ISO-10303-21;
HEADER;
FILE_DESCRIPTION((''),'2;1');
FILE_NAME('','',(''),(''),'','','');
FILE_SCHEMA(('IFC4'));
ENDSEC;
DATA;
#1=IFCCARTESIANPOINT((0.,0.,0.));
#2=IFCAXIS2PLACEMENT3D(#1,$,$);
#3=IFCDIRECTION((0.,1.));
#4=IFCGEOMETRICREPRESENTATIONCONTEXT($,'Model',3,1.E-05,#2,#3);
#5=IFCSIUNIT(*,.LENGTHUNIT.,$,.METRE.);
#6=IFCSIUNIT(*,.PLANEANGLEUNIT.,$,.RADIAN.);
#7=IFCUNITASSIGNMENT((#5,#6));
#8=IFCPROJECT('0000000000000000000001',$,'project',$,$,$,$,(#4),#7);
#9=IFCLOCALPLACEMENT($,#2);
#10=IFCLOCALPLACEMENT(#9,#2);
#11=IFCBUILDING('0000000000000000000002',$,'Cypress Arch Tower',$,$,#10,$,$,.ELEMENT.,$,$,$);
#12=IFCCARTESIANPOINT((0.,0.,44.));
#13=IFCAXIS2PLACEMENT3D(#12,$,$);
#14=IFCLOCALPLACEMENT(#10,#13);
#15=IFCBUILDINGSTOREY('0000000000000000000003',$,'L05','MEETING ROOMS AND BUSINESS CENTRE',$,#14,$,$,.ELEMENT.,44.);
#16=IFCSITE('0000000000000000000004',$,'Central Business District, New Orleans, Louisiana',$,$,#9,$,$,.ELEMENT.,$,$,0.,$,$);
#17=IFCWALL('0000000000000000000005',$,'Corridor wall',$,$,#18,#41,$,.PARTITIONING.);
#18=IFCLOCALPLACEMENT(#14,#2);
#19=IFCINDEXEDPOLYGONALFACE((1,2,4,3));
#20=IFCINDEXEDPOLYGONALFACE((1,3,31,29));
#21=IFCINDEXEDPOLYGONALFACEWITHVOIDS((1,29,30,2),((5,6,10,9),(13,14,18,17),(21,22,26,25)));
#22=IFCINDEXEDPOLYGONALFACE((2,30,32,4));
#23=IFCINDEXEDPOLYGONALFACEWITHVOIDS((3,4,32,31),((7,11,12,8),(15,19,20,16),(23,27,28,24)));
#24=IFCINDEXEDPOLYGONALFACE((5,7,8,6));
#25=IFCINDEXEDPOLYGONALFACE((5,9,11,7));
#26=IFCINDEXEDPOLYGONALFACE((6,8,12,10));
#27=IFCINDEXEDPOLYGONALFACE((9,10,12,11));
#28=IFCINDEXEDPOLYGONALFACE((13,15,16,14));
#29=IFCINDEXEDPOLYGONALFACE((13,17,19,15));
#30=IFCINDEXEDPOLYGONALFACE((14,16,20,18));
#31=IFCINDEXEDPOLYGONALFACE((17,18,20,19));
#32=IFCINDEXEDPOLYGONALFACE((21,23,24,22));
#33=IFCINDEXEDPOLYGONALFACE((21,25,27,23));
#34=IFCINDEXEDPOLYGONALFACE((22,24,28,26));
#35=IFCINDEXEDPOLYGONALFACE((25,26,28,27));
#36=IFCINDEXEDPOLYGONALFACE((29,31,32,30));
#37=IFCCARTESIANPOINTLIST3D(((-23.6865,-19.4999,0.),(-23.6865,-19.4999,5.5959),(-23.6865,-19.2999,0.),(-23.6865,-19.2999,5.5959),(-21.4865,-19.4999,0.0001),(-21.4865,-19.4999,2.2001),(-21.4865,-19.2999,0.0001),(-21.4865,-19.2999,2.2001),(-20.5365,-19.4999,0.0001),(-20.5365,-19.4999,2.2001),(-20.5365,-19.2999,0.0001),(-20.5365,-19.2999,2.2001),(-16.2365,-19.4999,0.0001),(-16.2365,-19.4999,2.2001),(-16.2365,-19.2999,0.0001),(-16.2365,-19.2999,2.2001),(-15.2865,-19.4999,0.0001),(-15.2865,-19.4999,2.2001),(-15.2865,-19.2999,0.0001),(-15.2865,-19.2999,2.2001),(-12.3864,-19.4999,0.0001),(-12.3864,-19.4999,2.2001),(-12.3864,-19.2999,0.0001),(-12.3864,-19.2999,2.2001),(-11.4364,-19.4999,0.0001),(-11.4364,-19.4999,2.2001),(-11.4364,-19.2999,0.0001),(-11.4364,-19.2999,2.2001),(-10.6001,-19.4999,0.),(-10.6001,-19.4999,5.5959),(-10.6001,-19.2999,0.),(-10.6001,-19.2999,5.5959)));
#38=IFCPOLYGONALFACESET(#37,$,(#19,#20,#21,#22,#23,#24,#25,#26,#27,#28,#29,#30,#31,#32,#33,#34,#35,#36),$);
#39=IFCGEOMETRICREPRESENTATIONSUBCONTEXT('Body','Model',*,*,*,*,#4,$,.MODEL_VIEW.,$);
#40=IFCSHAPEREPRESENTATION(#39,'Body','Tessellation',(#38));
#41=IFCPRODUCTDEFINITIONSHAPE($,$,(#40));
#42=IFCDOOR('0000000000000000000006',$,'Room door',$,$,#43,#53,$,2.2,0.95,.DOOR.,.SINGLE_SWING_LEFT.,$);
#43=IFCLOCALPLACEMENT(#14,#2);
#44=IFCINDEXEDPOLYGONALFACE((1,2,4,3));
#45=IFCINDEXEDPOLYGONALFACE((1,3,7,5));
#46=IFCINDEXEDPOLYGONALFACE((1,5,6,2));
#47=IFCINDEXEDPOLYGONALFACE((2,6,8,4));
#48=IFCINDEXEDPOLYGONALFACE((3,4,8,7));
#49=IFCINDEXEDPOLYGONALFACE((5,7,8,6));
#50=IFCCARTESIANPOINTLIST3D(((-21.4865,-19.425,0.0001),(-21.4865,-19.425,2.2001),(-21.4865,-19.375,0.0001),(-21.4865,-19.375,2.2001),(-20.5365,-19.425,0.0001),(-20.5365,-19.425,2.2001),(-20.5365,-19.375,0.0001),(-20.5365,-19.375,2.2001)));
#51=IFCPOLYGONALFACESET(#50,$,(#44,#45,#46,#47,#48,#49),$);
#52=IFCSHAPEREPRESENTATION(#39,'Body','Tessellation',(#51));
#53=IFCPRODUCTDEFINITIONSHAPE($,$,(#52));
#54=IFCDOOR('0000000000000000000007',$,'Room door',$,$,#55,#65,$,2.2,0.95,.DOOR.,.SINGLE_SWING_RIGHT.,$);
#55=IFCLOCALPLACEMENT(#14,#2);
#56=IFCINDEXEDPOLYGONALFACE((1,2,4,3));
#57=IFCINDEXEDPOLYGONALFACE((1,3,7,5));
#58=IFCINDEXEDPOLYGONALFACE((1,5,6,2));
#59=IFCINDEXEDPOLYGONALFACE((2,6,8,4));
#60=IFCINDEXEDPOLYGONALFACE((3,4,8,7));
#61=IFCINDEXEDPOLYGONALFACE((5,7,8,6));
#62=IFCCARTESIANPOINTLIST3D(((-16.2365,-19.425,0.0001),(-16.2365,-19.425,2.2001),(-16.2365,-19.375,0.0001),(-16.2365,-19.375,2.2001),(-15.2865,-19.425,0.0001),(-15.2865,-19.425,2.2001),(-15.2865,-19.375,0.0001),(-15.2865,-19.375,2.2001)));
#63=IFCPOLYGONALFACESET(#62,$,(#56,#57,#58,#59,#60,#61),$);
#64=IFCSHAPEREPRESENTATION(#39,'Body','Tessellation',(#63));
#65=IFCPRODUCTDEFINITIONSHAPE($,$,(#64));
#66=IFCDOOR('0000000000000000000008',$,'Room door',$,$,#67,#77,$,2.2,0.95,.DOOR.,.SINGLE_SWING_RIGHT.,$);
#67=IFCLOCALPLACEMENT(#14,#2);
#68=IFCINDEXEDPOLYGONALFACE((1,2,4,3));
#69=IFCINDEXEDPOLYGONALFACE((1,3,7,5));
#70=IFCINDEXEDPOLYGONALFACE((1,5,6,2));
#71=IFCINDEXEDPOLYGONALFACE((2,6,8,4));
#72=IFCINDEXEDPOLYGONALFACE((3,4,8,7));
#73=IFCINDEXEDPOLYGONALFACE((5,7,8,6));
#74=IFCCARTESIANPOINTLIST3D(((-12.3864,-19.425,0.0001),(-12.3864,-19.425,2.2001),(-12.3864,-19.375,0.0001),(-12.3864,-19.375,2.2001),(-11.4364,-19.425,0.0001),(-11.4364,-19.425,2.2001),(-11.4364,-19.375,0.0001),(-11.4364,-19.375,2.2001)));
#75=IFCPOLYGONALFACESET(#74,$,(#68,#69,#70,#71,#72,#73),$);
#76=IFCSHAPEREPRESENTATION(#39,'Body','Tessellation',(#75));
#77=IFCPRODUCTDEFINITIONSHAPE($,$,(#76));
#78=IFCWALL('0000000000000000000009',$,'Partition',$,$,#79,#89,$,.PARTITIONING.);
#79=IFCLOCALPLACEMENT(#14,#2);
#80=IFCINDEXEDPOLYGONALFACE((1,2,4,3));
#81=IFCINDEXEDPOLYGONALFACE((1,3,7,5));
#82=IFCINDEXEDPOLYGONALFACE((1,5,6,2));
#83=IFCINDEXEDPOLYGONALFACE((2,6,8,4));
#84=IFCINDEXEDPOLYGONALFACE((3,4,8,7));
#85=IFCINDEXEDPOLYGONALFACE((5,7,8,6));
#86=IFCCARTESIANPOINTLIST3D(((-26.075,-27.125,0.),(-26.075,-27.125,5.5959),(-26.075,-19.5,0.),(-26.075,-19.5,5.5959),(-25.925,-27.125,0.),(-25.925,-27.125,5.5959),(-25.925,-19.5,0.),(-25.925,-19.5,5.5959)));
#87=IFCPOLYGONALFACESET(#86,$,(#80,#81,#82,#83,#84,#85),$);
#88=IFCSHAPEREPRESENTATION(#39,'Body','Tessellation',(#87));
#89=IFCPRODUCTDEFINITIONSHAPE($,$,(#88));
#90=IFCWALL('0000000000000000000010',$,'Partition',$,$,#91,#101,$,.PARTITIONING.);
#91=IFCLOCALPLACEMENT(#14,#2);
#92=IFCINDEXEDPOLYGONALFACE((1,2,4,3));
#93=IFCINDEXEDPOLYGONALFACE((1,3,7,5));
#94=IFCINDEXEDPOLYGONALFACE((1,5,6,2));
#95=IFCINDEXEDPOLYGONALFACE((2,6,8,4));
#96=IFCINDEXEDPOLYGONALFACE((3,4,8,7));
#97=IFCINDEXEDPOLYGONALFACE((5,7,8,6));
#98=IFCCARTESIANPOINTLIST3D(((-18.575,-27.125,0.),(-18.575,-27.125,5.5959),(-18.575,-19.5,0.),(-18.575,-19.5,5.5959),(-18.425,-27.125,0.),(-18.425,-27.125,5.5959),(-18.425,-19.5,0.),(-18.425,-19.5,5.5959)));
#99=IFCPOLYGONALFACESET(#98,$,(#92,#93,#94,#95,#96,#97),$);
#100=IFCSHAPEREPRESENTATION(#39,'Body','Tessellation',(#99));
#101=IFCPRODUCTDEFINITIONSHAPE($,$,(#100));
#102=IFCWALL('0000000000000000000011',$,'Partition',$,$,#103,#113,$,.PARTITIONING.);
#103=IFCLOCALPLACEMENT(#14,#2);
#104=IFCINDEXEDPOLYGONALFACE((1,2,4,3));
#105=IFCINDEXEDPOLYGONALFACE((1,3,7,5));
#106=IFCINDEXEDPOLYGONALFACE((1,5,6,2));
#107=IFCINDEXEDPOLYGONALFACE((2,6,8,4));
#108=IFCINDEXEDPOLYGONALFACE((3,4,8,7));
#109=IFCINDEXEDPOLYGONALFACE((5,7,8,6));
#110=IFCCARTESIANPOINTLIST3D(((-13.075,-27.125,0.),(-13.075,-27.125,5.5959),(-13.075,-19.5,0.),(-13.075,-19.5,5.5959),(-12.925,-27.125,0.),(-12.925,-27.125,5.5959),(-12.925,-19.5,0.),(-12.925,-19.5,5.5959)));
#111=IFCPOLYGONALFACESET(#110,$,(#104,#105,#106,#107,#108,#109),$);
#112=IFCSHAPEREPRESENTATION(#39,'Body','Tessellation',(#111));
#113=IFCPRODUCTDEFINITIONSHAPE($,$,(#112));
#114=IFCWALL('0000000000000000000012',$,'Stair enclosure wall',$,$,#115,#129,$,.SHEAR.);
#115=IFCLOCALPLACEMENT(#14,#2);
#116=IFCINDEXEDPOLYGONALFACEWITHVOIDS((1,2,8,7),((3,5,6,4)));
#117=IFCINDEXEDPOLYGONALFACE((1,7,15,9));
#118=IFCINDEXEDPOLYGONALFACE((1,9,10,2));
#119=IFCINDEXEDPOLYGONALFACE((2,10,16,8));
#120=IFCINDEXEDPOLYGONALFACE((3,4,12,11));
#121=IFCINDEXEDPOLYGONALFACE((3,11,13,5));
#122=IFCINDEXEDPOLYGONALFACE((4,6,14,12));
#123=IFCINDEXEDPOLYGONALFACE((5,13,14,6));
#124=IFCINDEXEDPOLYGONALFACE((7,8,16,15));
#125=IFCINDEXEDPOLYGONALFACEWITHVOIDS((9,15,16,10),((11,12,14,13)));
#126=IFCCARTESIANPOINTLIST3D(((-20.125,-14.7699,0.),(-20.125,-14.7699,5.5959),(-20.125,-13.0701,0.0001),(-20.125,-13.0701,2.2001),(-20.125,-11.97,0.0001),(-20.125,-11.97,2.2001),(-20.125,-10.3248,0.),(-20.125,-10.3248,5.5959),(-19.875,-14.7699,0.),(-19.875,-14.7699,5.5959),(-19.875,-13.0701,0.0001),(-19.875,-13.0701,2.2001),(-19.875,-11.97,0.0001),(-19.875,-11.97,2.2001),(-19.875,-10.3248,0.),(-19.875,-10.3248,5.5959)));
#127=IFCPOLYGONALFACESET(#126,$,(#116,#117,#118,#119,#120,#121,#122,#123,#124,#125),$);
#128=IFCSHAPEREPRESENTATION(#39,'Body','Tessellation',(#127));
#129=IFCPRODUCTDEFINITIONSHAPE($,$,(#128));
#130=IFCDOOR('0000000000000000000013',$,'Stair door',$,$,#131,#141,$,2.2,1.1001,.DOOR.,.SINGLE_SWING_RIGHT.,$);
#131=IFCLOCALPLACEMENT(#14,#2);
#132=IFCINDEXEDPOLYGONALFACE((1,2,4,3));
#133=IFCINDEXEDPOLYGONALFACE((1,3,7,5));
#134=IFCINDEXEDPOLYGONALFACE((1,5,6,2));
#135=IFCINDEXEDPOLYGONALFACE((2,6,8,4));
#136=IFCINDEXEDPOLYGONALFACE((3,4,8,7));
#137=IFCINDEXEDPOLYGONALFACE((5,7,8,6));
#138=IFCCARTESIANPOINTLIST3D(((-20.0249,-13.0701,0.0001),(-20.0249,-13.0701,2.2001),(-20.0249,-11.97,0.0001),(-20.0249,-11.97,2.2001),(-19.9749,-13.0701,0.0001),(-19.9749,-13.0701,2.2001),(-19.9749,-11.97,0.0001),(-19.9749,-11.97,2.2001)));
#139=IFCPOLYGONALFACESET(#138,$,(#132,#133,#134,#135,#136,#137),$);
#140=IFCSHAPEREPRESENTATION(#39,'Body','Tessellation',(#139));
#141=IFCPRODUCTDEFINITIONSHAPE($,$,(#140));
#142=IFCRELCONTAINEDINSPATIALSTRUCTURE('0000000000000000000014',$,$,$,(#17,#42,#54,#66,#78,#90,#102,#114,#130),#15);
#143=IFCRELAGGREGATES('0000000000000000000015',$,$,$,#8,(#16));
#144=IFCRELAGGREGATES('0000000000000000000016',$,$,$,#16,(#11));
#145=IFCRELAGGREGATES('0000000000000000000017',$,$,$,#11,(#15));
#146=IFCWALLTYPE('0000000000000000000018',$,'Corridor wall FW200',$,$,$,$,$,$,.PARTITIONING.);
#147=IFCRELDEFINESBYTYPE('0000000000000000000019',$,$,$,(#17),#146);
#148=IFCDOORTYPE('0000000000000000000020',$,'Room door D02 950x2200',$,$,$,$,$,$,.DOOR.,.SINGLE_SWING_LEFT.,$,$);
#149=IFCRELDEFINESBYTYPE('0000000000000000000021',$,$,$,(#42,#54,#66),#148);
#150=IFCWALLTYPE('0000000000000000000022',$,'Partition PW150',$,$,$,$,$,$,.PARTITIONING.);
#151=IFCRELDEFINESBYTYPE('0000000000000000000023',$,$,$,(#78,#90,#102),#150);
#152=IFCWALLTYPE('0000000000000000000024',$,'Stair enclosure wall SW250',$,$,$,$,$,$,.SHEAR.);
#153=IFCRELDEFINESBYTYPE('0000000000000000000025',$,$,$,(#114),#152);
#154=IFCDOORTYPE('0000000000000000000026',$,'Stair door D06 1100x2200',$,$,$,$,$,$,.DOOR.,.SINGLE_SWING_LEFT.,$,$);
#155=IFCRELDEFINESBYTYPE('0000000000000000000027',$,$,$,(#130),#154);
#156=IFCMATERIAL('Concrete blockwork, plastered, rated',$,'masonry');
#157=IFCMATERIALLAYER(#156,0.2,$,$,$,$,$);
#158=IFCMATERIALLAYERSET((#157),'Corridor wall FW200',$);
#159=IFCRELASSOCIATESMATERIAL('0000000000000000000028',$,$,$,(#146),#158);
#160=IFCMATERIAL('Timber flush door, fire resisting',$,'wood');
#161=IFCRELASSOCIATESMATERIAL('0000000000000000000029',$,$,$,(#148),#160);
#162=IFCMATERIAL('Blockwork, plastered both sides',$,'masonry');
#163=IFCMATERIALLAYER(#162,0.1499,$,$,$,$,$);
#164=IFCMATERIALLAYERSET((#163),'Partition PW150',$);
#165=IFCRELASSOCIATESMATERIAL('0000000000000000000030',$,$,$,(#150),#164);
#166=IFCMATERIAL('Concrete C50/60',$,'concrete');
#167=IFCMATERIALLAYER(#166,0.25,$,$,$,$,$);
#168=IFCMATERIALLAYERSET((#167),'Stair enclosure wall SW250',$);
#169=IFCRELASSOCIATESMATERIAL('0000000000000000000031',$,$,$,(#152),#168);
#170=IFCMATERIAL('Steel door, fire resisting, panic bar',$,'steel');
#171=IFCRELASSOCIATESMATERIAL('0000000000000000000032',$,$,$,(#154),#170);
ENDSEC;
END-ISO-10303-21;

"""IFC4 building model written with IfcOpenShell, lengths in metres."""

from ifc_helpers import new_model, si_unit, direction, frame, frame_2d, origin, place, context, subcontext, project, spatial, rectangle, extrude, material, layer, layer_set, type_object, element, fill, save


model = new_model("IFC4")

# Units and contexts
model_context = context("Model", 3, precision=1e-05, world=origin(), true_north=direction((0.0, 1.0)))
body_context = subcontext(model_context, "Body", "Model", "MODEL_VIEW")
ifc_project = project(units=[si_unit("LENGTHUNIT", "METRE"), si_unit("PLANEANGLEUNIT", "RADIAN")], contexts=[model_context])

# Site, building, storey
site_placement = place(None, origin())
site = spatial("IfcSite", under=ifc_project, at=site_placement, Name="Central Business District, New Orleans, Louisiana", CompositionType="ELEMENT", RefElevation=0.0)
building_placement = place(site_placement, origin())
building = spatial("IfcBuilding", under=site, at=building_placement, Name="Cypress Arch Tower", CompositionType="ELEMENT")
storey_placement = place(building_placement, frame((0.0, 0.0, 44.0)))
storey = spatial("IfcBuildingStorey", under=building, at=storey_placement, Name="L05", Description="MEETING ROOMS AND BUSINESS CENTRE", CompositionType="ELEMENT", Elevation=44.0)

# Shared definitions
ifc_material_1 = material(Name="Concrete blockwork, plastered, rated", Category="masonry")
ifc_layer_1 = layer(ifc_material_1, 0.2)
ifc_layer_set_1 = layer_set([ifc_layer_1], Name="Corridor wall FW200")
wall_type_1 = type_object("IfcWallType", Name="Corridor wall FW200", PredefinedType="PARTITIONING", material=ifc_layer_set_1)

# Wall, openings, doors
wall_1_placement = place(storey_placement, frame((-23.6865, -19.3999, 0.0), z_axis=(0.0, 0.0, 1.0), x_axis=(1.0, 0.0, 0.0)))
wall_1 = element("IfcWall", 1, at=wall_1_placement, inside=storey, type_object=wall_type_1, Name="Corridor wall", PredefinedType="PARTITIONING", context=body_context, shape_type="SweptSolid", body=[
    extrude(rectangle(XDim=13.0864, YDim=0.2, at=frame_2d((6.5432, 0.0))), origin(), (0.0, 0.0, 1.0), 5.5959),
])
opening_1_placement = place(wall_1_placement, frame((2.2, 0.0, 0.0)))
opening_1 = element("IfcOpeningElement", 2, at=opening_1_placement, cuts=wall_1, PredefinedType="OPENING", context=body_context, shape_type="SweptSolid", body=[
    extrude(rectangle(XDim=0.95, YDim=2.2, at=frame_2d((0.4751, 1.1001))), frame((0.0, 0.1099, 0.0), z_axis=(0.0, -1.0, 0.0), x_axis=(1.0, 0.0, 0.0)), (0.0, 0.0, 1.0), 0.22),
])
opening_2_placement = place(wall_1_placement, frame((7.45, 0.0, 0.0)))
opening_2 = element("IfcOpeningElement", 3, at=opening_2_placement, cuts=wall_1, PredefinedType="OPENING", context=body_context, shape_type="SweptSolid", body=[
    extrude(rectangle(XDim=0.95, YDim=2.2, at=frame_2d((0.4751, 1.1001))), frame((0.0, 0.1099, 0.0), z_axis=(0.0, -1.0, 0.0), x_axis=(1.0, 0.0, 0.0)), (0.0, 0.0, 1.0), 0.22),
])
opening_3_placement = place(wall_1_placement, frame((11.3, 0.0, 0.0)))
opening_3 = element("IfcOpeningElement", 4, at=opening_3_placement, cuts=wall_1, PredefinedType="OPENING", context=body_context, shape_type="SweptSolid", body=[
    extrude(rectangle(XDim=0.95, YDim=2.2, at=frame_2d((0.4751, 1.1001))), frame((0.0, 0.1099, 0.0), z_axis=(0.0, -1.0, 0.0), x_axis=(1.0, 0.0, 0.0)), (0.0, 0.0, 1.0), 0.22),
])
ifc_material_2 = material(Name="Timber flush door, fire resisting", Category="wood")
door_type_1 = type_object("IfcDoorType", Name="Room door D02 950x2200", OperationType="SINGLE_SWING_LEFT", PredefinedType="DOOR", material=ifc_material_2)
door_1_placement = place(opening_1_placement, origin())
door_1 = element("IfcDoor", 5, at=door_1_placement, inside=storey, type_object=door_type_1, Name="Room door", OperationType="SINGLE_SWING_LEFT", OverallHeight=2.2, OverallWidth=0.95, PredefinedType="DOOR", context=body_context, shape_type="SweptSolid", body=[
    extrude(rectangle(XDim=0.95, YDim=2.2, at=frame_2d((0.4751, 1.1001))), frame((0.0, 0.0249, 0.0), z_axis=(0.0, -1.0, 0.0), x_axis=(1.0, 0.0, 0.0)), (0.0, 0.0, 1.0), 0.05),
])
fill(opening_1, door_1)
door_2_placement = place(opening_2_placement, origin())
door_2 = element("IfcDoor", 6, at=door_2_placement, inside=storey, type_object=door_type_1, Name="Room door", OperationType="SINGLE_SWING_RIGHT", OverallHeight=2.2, OverallWidth=0.95, PredefinedType="DOOR", context=body_context, shape_type="SweptSolid", body=[
    extrude(rectangle(XDim=0.95, YDim=2.2, at=frame_2d((0.4751, 1.1001))), frame((0.0, 0.0249, 0.0), z_axis=(0.0, -1.0, 0.0), x_axis=(1.0, 0.0, 0.0)), (0.0, 0.0, 1.0), 0.05),
])
fill(opening_2, door_2)
door_3_placement = place(opening_3_placement, origin())
door_3 = element("IfcDoor", 7, at=door_3_placement, inside=storey, type_object=door_type_1, Name="Room door", OperationType="SINGLE_SWING_RIGHT", OverallHeight=2.2, OverallWidth=0.95, PredefinedType="DOOR", context=body_context, shape_type="SweptSolid", body=[
    extrude(rectangle(XDim=0.95, YDim=2.2, at=frame_2d((0.4751, 1.1001))), frame((0.0, 0.0249, 0.0), z_axis=(0.0, -1.0, 0.0), x_axis=(1.0, 0.0, 0.0)), (0.0, 0.0, 1.0), 0.05),
])
fill(opening_3, door_3)

# Walls
ifc_material_3 = material(Name="Blockwork, plastered both sides", Category="masonry")
ifc_layer_2 = layer(ifc_material_3, 0.1499)
ifc_layer_set_2 = layer_set([ifc_layer_2], Name="Partition PW150")
wall_type_2 = type_object("IfcWallType", Name="Partition PW150", PredefinedType="PARTITIONING", material=ifc_layer_set_2)
for number, where, z_axis, x_axis, name in (
    (8, (-26.0, -27.125, 0.0), (0.0, 0.0, 1.0), (0.0, 1.0, 0.0), "Partition"),
    (9, (-18.5, -27.125, 0.0), (0.0, 0.0, 1.0), (0.0, 1.0, 0.0), "Partition"),
    (10, (-13.0, -27.125, 0.0), (0.0, 0.0, 1.0), (0.0, 1.0, 0.0), "Partition"),
):
    element("IfcWall", number, at=place(storey_placement, frame(where, z_axis=z_axis, x_axis=x_axis)), inside=storey, type_object=wall_type_2, Name=name, PredefinedType="PARTITIONING", context=body_context, shape_type="SweptSolid", body=[
        extrude(rectangle(XDim=7.625, YDim=0.1499, at=frame_2d((3.8125, 0.0))), origin(), (0.0, 0.0, 1.0), 5.5959),
    ])

# Wall, opening, door
ifc_material_4 = material(Name="Concrete C50/60", Category="concrete")
ifc_layer_3 = layer(ifc_material_4, 0.25)
ifc_layer_set_3 = layer_set([ifc_layer_3], Name="Stair enclosure wall SW250")
wall_type_3 = type_object("IfcWallType", Name="Stair enclosure wall SW250", PredefinedType="SHEAR", material=ifc_layer_set_3)
wall_2_placement = place(storey_placement, frame((-20.0, -14.77, 0.0), z_axis=(0.0, 0.0, 1.0), x_axis=(0.0, 1.0, 0.0)))
wall_2 = element("IfcWall", 11, at=wall_2_placement, inside=storey, type_object=wall_type_3, Name="Stair enclosure wall", PredefinedType="SHEAR", context=body_context, shape_type="SweptSolid", body=[
    extrude(rectangle(XDim=4.4451, YDim=0.25, at=frame_2d((2.2227, 0.0))), origin(), (0.0, 0.0, 1.0), 5.5959),
])
opening_4_placement = place(wall_2_placement, frame((1.7, 0.0, 0.0)))
opening_4 = element("IfcOpeningElement", 12, at=opening_4_placement, cuts=wall_2, PredefinedType="OPENING", context=body_context, shape_type="SweptSolid", body=[
    extrude(rectangle(XDim=1.1001, YDim=2.2, at=frame_2d((0.55, 1.1001))), frame((0.0, 0.135, 0.0), z_axis=(0.0, -1.0, 0.0), x_axis=(1.0, 0.0, 0.0)), (0.0, 0.0, 1.0), 0.27),
])
ifc_material_5 = material(Name="Steel door, fire resisting, panic bar", Category="steel")
door_type_2 = type_object("IfcDoorType", Name="Stair door D06 1100x2200", OperationType="SINGLE_SWING_LEFT", PredefinedType="DOOR", material=ifc_material_5)
door_4_placement = place(opening_4_placement, origin())
door_4 = element("IfcDoor", 13, at=door_4_placement, inside=storey, type_object=door_type_2, Name="Stair door", OperationType="SINGLE_SWING_RIGHT", OverallHeight=2.2, OverallWidth=1.1001, PredefinedType="DOOR", context=body_context, shape_type="SweptSolid", body=[
    extrude(rectangle(XDim=1.1001, YDim=2.2, at=frame_2d((0.55, 1.1001))), frame((0.0, 0.0249, 0.0), z_axis=(0.0, -1.0, 0.0), x_axis=(1.0, 0.0, 0.0)), (0.0, 0.0, 1.0), 0.05),
])
fill(opening_4, door_4)

save(model, "model.ifc")
